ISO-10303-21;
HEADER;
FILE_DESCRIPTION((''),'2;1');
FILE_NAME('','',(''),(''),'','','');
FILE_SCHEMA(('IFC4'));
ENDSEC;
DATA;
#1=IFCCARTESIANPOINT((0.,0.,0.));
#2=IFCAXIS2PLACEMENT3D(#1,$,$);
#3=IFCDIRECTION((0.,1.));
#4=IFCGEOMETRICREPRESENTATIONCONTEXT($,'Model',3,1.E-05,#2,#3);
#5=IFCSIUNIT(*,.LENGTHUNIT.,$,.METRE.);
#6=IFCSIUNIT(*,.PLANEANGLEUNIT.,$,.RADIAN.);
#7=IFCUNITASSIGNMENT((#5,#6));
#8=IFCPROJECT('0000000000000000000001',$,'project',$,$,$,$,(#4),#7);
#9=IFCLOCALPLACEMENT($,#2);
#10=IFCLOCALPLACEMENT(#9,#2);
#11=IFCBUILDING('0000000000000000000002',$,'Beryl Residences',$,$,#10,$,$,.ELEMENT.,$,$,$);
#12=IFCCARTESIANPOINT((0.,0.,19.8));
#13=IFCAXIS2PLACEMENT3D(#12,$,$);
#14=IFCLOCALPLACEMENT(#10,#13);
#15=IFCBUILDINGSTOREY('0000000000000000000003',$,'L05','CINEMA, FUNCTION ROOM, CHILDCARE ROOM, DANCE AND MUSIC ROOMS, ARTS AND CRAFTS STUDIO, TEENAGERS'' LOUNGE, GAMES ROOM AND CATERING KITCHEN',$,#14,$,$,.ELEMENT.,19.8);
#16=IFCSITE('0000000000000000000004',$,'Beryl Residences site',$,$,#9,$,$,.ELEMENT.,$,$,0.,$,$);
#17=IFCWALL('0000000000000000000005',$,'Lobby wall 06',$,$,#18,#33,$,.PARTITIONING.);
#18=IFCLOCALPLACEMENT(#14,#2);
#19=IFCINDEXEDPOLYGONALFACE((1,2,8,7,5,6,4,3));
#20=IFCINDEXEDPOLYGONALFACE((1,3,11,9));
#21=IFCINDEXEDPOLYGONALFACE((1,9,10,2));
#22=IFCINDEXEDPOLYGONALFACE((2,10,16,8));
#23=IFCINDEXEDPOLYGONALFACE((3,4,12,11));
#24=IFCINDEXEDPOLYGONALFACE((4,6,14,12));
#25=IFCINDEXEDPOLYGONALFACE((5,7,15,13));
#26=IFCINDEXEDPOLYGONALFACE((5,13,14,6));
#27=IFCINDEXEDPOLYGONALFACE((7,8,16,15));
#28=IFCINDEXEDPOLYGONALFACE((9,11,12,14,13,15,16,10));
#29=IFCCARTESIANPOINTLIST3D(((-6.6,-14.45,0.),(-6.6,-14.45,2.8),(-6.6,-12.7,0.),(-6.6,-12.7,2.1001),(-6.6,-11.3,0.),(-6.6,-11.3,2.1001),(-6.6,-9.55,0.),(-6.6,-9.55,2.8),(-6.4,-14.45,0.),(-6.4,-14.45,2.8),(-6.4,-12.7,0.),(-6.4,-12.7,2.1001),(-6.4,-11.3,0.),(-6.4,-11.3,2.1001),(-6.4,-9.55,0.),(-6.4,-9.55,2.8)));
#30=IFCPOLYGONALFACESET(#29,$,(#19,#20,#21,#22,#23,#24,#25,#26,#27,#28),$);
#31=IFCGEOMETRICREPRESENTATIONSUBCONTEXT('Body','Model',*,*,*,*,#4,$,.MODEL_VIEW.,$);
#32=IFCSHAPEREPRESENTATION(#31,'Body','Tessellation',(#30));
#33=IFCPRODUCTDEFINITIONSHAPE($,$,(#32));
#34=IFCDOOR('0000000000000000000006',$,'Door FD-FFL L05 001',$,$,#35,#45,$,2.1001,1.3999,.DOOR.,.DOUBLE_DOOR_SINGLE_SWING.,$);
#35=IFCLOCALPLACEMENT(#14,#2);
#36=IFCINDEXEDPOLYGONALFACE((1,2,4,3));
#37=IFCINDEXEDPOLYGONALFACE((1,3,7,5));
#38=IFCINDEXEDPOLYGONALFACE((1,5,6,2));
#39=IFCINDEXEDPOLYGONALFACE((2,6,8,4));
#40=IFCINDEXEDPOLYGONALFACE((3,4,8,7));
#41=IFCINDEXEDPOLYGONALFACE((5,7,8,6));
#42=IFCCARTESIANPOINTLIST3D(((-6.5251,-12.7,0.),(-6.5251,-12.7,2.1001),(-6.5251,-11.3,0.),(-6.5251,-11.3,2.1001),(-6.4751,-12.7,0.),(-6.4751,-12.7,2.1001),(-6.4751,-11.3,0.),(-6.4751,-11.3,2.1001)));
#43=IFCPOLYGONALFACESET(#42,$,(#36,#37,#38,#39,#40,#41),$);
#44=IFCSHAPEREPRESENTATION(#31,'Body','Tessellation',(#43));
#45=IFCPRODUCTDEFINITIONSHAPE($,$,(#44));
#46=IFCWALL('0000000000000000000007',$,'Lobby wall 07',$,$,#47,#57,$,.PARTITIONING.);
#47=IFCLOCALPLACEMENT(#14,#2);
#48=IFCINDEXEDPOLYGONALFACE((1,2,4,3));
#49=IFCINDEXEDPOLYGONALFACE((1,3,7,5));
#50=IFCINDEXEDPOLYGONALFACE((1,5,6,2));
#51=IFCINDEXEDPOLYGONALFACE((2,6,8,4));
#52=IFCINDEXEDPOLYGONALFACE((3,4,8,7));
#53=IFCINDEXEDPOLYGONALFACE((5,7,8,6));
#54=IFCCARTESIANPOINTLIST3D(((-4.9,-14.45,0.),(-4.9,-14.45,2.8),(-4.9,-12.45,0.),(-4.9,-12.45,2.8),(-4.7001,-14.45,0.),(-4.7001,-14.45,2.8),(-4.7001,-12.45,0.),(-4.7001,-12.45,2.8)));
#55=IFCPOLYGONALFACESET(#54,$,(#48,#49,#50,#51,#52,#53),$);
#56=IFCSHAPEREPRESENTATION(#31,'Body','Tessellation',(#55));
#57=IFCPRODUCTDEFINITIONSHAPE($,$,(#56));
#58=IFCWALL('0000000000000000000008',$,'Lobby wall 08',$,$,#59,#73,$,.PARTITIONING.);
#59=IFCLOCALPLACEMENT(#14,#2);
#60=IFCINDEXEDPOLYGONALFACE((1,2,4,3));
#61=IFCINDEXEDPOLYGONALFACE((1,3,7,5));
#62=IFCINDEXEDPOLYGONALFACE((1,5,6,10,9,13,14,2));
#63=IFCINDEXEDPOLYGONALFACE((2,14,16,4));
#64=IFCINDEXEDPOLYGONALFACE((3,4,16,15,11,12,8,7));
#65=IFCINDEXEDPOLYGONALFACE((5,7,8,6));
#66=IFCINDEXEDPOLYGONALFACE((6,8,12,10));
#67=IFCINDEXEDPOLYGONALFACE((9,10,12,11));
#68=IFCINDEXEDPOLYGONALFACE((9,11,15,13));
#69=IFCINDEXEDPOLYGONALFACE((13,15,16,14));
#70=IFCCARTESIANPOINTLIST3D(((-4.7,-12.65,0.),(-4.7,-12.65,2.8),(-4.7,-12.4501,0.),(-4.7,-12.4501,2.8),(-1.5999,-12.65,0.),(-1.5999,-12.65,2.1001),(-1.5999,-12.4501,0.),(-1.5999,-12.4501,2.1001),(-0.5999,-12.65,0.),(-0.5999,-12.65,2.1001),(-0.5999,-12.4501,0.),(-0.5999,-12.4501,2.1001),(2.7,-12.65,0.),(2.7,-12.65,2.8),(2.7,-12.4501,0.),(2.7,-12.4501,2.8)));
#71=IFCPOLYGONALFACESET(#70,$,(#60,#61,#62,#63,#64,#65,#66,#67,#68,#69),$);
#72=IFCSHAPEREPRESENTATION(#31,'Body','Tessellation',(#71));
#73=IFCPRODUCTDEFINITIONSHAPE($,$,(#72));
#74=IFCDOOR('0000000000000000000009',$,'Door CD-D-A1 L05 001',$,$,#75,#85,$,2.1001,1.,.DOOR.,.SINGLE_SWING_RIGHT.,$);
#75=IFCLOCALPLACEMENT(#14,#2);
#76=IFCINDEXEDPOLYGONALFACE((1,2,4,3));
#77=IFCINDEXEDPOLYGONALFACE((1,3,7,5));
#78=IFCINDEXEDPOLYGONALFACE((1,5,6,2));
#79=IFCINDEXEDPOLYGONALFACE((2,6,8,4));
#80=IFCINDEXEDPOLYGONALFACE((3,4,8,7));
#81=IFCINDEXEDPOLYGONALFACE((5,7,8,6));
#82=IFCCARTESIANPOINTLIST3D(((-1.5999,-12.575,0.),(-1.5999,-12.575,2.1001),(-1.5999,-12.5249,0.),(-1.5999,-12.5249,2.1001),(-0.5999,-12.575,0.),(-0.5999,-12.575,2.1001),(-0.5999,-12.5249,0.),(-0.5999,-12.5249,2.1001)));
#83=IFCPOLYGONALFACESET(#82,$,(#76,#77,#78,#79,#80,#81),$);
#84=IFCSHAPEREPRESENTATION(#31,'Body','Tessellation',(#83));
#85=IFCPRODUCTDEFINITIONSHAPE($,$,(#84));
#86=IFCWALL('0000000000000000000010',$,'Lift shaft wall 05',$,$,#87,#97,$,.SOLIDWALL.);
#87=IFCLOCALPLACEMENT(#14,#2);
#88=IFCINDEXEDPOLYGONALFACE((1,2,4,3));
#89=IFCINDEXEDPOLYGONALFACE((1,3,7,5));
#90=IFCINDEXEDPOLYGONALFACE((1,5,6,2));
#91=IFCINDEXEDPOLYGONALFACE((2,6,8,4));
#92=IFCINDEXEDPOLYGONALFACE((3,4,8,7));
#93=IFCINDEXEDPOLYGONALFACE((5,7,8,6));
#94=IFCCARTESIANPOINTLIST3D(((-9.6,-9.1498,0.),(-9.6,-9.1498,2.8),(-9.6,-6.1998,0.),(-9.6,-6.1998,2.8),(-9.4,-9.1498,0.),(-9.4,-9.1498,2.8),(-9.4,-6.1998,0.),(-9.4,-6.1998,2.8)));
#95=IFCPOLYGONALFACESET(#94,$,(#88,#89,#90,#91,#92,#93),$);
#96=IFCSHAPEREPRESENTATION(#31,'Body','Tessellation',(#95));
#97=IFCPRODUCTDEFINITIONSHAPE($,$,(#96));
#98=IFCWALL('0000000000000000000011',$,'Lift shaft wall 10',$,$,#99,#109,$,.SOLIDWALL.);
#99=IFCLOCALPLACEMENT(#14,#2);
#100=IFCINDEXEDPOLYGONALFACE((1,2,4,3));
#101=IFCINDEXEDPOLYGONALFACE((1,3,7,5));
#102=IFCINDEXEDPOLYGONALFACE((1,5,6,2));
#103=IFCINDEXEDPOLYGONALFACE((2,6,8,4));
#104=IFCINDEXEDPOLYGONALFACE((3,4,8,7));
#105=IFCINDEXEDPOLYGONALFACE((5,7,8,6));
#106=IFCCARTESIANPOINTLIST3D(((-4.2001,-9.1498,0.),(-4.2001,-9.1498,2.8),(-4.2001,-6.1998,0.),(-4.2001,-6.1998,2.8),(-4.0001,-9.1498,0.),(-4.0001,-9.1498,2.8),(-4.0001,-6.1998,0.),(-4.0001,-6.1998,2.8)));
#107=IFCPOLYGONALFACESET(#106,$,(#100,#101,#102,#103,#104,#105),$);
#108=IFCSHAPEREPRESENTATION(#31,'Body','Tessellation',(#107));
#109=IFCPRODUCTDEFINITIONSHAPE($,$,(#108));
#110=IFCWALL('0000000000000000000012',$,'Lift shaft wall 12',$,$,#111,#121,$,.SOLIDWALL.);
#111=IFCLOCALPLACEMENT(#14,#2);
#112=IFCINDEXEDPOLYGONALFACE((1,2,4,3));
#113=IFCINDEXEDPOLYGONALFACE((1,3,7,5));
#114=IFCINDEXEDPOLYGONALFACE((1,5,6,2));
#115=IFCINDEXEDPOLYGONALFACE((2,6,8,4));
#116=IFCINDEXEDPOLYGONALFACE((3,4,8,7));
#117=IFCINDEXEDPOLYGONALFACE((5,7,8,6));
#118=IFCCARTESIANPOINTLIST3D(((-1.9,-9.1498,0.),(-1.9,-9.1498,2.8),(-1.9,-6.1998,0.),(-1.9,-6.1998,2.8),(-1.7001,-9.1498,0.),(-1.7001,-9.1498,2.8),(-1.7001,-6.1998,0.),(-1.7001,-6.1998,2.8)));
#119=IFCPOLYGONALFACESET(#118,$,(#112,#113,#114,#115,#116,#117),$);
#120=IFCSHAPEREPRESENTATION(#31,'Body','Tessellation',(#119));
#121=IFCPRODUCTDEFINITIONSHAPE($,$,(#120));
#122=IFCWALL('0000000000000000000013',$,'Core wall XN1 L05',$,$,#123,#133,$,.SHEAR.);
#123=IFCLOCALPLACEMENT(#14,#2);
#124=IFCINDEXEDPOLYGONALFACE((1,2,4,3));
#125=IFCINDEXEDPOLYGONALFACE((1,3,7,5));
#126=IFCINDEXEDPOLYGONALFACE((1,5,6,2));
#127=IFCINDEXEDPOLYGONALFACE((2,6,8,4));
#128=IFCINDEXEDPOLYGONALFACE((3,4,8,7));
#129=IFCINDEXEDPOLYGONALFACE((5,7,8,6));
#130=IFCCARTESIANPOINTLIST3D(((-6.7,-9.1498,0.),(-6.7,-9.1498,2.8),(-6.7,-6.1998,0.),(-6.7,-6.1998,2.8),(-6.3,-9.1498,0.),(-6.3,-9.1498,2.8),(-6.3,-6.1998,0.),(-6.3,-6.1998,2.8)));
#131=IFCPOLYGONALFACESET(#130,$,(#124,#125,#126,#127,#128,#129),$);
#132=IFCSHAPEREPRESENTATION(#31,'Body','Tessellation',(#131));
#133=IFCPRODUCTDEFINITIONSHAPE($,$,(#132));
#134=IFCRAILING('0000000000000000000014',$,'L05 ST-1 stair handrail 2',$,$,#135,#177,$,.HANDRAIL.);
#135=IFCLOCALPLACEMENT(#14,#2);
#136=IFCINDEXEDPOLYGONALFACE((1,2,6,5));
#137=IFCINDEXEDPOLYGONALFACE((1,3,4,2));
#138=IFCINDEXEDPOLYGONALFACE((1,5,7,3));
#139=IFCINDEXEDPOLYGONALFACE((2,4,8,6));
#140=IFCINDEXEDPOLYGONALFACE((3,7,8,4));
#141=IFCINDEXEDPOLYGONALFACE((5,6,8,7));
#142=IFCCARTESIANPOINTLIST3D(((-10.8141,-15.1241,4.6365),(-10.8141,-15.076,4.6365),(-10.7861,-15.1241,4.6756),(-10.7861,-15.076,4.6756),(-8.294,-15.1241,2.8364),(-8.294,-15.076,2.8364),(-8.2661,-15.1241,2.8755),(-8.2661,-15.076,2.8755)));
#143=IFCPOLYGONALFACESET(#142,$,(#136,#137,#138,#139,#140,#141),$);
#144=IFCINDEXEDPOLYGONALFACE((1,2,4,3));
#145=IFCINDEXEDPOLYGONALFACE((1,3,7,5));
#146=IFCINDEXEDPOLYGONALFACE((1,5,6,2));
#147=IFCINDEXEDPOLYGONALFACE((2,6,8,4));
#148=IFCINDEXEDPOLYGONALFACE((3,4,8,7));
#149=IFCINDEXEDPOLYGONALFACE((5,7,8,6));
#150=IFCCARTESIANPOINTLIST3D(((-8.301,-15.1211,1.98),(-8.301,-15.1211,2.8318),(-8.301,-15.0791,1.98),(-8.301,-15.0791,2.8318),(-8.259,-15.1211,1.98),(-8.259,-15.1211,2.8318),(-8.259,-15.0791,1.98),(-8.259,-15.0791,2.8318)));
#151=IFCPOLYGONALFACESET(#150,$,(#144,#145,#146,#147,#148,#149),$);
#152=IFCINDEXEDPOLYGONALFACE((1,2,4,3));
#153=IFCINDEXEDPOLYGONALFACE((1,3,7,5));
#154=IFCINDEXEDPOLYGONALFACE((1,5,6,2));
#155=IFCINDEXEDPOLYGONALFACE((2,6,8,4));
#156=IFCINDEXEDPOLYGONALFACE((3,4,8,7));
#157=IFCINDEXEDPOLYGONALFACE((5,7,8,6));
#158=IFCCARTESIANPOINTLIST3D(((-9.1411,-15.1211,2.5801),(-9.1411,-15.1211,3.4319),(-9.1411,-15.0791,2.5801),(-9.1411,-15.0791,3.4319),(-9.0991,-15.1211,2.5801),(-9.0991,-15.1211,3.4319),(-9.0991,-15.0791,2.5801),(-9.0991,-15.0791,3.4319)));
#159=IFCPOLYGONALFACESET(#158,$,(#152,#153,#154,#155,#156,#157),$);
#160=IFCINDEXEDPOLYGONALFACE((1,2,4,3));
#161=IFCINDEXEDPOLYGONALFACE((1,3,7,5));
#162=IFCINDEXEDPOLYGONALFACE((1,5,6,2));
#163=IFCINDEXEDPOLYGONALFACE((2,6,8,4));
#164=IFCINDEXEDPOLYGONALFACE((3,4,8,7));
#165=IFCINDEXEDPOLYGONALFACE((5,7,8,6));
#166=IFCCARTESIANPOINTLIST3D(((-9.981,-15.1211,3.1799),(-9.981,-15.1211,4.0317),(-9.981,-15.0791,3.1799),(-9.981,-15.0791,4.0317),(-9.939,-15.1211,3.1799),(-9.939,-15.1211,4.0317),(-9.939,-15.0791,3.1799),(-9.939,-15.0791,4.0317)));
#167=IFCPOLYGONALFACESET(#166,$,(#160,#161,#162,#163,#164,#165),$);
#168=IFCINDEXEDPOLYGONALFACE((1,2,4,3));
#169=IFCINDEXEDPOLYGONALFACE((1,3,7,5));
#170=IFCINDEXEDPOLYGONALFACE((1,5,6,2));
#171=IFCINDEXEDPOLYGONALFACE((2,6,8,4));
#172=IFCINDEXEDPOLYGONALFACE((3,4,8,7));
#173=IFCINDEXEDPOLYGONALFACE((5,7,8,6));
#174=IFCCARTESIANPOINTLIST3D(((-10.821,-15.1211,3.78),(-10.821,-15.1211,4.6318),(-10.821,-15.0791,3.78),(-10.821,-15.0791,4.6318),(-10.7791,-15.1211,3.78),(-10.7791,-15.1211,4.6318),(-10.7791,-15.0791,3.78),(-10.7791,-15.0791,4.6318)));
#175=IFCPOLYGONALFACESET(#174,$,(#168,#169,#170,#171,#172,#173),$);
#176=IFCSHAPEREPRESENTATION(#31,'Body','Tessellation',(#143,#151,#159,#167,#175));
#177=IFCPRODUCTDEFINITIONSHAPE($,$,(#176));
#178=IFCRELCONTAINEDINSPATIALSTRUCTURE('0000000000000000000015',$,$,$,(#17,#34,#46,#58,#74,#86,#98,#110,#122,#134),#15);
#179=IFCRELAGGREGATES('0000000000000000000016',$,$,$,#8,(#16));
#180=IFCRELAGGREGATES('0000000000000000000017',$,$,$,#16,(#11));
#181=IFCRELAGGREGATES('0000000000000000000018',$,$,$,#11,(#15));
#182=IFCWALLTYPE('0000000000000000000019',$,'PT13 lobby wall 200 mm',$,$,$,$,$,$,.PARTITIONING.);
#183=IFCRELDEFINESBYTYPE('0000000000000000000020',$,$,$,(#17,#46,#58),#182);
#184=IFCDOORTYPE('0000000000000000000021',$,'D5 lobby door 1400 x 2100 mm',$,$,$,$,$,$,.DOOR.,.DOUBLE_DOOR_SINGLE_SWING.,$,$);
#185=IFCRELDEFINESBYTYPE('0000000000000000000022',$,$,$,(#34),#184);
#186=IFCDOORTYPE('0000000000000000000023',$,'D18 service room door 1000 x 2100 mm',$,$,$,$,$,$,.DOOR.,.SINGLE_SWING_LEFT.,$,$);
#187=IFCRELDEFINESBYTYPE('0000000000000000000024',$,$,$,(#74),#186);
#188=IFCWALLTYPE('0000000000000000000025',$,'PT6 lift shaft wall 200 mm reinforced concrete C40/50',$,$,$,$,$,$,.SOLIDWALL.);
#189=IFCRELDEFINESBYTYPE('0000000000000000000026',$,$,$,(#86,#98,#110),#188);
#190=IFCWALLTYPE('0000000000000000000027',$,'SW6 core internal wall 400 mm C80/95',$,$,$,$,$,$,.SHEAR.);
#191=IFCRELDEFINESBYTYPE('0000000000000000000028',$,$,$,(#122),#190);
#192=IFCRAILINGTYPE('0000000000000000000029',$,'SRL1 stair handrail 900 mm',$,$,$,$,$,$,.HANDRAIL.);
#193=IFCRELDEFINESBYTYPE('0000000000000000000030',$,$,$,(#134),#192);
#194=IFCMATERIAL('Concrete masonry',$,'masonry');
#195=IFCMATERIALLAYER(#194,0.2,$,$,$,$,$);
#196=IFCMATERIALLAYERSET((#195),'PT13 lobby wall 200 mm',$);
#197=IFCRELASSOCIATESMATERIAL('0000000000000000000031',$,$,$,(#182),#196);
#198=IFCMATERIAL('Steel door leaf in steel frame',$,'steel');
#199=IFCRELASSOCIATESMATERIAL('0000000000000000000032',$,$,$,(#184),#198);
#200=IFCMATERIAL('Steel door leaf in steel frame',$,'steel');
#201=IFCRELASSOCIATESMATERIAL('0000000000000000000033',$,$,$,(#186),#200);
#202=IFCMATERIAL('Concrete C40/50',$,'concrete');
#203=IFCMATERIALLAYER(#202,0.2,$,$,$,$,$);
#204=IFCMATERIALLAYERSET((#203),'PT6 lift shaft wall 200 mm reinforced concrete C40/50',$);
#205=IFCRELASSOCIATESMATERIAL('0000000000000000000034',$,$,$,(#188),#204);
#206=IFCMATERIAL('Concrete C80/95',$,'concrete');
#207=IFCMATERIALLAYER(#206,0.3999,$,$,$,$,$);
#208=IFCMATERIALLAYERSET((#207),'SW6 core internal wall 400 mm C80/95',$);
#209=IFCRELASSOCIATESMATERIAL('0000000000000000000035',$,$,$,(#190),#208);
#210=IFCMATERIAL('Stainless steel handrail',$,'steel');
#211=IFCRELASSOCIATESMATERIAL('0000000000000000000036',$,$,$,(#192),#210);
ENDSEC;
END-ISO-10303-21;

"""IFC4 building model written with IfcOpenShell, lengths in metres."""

from ifc_helpers import new_model, si_unit, direction, frame, frame_2d, origin, origin_2d, place, context, subcontext, project, spatial, rectangle, extrude, material, layer, layer_set, type_object, element, fill, save


model = new_model("IFC4")

# Units and contexts
model_context = context("Model", 3, precision=1e-05, world=origin(), true_north=direction((0.0, 1.0)))
body_context = subcontext(model_context, "Body", "Model", "MODEL_VIEW")
ifc_project = project(units=[si_unit("LENGTHUNIT", "METRE"), si_unit("PLANEANGLEUNIT", "RADIAN")], contexts=[model_context])

# Site, building, storey
site_placement = place(None, origin())
site = spatial("IfcSite", under=ifc_project, at=site_placement, Name="Beryl Residences site", CompositionType="ELEMENT", RefElevation=0.0)
building_placement = place(site_placement, origin())
building = spatial("IfcBuilding", under=site, at=building_placement, Name="Beryl Residences", CompositionType="ELEMENT")
storey_placement = place(building_placement, frame((0.0, 0.0, 19.8)))
storey = spatial("IfcBuildingStorey", under=building, at=storey_placement, Name="L05", Description="CINEMA, FUNCTION ROOM, CHILDCARE ROOM, DANCE AND MUSIC ROOMS, ARTS AND CRAFTS STUDIO, TEENAGERS' LOUNGE, GAMES ROOM AND CATERING KITCHEN", CompositionType="ELEMENT", Elevation=19.8)

# Wall, opening, door
ifc_material_1 = material(Name="Concrete masonry", Category="masonry")
ifc_layer_1 = layer(ifc_material_1, 0.2)
ifc_layer_set_1 = layer_set([ifc_layer_1], Name="PT13 lobby wall 200 mm")
wall_type_1 = type_object("IfcWallType", Name="PT13 lobby wall 200 mm", PredefinedType="PARTITIONING", material=ifc_layer_set_1)
wall_1_placement = place(storey_placement, frame((-6.5, -14.45, 0.0), z_axis=(0.0, 0.0, 1.0), x_axis=(0.0, 1.0, 0.0)))
wall_1 = element("IfcWall", 1, at=wall_1_placement, inside=storey, type_object=wall_type_1, Name="Lobby wall 06", PredefinedType="PARTITIONING", context=body_context, shape_type="SweptSolid", body=[
    extrude(rectangle(XDim=4.8999, YDim=0.2, at=frame_2d((2.45, 0.0))), origin(), (0.0, 0.0, 1.0), 2.8),
])
opening_1_placement = place(wall_1_placement, frame((3.1499, 0.0, 0.0), z_axis=(0.0, 0.0, 1.0), x_axis=(-1.0, 0.0, 0.0)))
opening_1 = element("IfcOpeningElement", 2, at=opening_1_placement, cuts=wall_1, PredefinedType="OPENING", context=body_context, shape_type="SweptSolid", body=[
    extrude(rectangle(XDim=1.3999, YDim=2.1001, at=frame_2d((0.7, 1.05))), frame((0.0, 0.1099, 0.0), z_axis=(0.0, -1.0, 0.0), x_axis=(1.0, 0.0, 0.0)), (0.0, 0.0, 1.0), 0.22),
])
ifc_material_2 = material(Name="Steel door leaf in steel frame", Category="steel")
door_type_1 = type_object("IfcDoorType", Name="D5 lobby door 1400 x 2100 mm", OperationType="DOUBLE_DOOR_SINGLE_SWING", PredefinedType="DOOR", material=ifc_material_2)
door_1_placement = place(opening_1_placement, origin())
door_1 = element("IfcDoor", 3, at=door_1_placement, inside=storey, type_object=door_type_1, Name="Door FD-FFL L05 001", OperationType="DOUBLE_DOOR_SINGLE_SWING", OverallHeight=2.1001, OverallWidth=1.3999, PredefinedType="DOOR", context=body_context, shape_type="SweptSolid", body=[
    extrude(rectangle(XDim=1.3999, YDim=2.1001, at=frame_2d((0.7, 1.05))), frame((0.0, 0.0249, 0.0), z_axis=(0.0, -1.0, 0.0), x_axis=(1.0, 0.0, 0.0)), (0.0, 0.0, 1.0), 0.05),
])
fill(opening_1, door_1)

# Wall
wall_2_placement = place(storey_placement, frame((-4.8, -14.45, 0.0), z_axis=(0.0, 0.0, 1.0), x_axis=(0.0, 1.0, 0.0)))
element("IfcWall", 4, at=wall_2_placement, inside=storey, type_object=wall_type_1, Name="Lobby wall 07", PredefinedType="PARTITIONING", context=body_context, shape_type="SweptSolid", body=[
    extrude(rectangle(XDim=2.0, YDim=0.2, at=frame_2d((1.0, 0.0))), origin(), (0.0, 0.0, 1.0), 2.8),
])

# Wall, opening, door
wall_3_placement = place(storey_placement, frame((-4.7, -12.55, 0.0), z_axis=(0.0, 0.0, 1.0), x_axis=(1.0, 0.0, 0.0)))
wall_3 = element("IfcWall", 5, at=wall_3_placement, inside=storey, type_object=wall_type_1, Name="Lobby wall 08", PredefinedType="PARTITIONING", context=body_context, shape_type="SweptSolid", body=[
    extrude(rectangle(XDim=7.3999, YDim=0.2, at=frame_2d((3.7, 0.0))), origin(), (0.0, 0.0, 1.0), 2.8),
])
opening_2_placement = place(wall_3_placement, frame((4.1001, 0.0, 0.0), z_axis=(0.0, 0.0, 1.0), x_axis=(-1.0, 0.0, 0.0)))
opening_2 = element("IfcOpeningElement", 6, at=opening_2_placement, cuts=wall_3, PredefinedType="OPENING", context=body_context, shape_type="SweptSolid", body=[
    extrude(rectangle(XDim=1.0, YDim=2.1001, at=frame_2d((0.5, 1.05))), frame((0.0, 0.1099, 0.0), z_axis=(0.0, -1.0, 0.0), x_axis=(1.0, 0.0, 0.0)), (0.0, 0.0, 1.0), 0.22),
])
ifc_material_3 = material(Name="Steel door leaf in steel frame", Category="steel")
door_type_2 = type_object("IfcDoorType", Name="D18 service room door 1000 x 2100 mm", OperationType="SINGLE_SWING_LEFT", PredefinedType="DOOR", material=ifc_material_3)
door_2_placement = place(opening_2_placement, origin())
door_2 = element("IfcDoor", 7, at=door_2_placement, inside=storey, type_object=door_type_2, Name="Door CD-D-A1 L05 001", OperationType="SINGLE_SWING_RIGHT", OverallHeight=2.1001, OverallWidth=1.0, PredefinedType="DOOR", context=body_context, shape_type="SweptSolid", body=[
    extrude(rectangle(XDim=1.0, YDim=2.1001, at=frame_2d((0.5, 1.05))), frame((0.0, 0.0249, 0.0), z_axis=(0.0, -1.0, 0.0), x_axis=(1.0, 0.0, 0.0)), (0.0, 0.0, 1.0), 0.05),
])
fill(opening_2, door_2)

# Walls
ifc_material_4 = material(Name="Concrete C40/50", Category="concrete")
ifc_layer_2 = layer(ifc_material_4, 0.2)
ifc_layer_set_2 = layer_set([ifc_layer_2], Name="PT6 lift shaft wall 200 mm reinforced concrete C40/50")
wall_type_2 = type_object("IfcWallType", Name="PT6 lift shaft wall 200 mm reinforced concrete C40/50", PredefinedType="SOLIDWALL", material=ifc_layer_set_2)
for number, where, z_axis, x_axis, name in (
    (8, (-9.5, -9.1499, 0.0), (0.0, 0.0, 1.0), (0.0, 1.0, 0.0), "Lift shaft wall 05"),
    (9, (-4.1001, -9.1499, 0.0), (0.0, 0.0, 1.0), (0.0, 1.0, 0.0), "Lift shaft wall 10"),
    (10, (-1.8, -9.1499, 0.0), (0.0, 0.0, 1.0), (0.0, 1.0, 0.0), "Lift shaft wall 12"),
):
    element("IfcWall", number, at=place(storey_placement, frame(where, z_axis=z_axis, x_axis=x_axis)), inside=storey, type_object=wall_type_2, Name=name, PredefinedType="SOLIDWALL", context=body_context, shape_type="SweptSolid", body=[
        extrude(rectangle(XDim=2.95, YDim=0.2, at=frame_2d((1.4751, 0.0))), origin(), (0.0, 0.0, 1.0), 2.8),
    ])
ifc_material_5 = material(Name="Concrete C80/95", Category="concrete")
ifc_layer_3 = layer(ifc_material_5, 0.3999)
ifc_layer_set_3 = layer_set([ifc_layer_3], Name="SW6 core internal wall 400 mm C80/95")
wall_type_3 = type_object("IfcWallType", Name="SW6 core internal wall 400 mm C80/95", PredefinedType="SHEAR", material=ifc_layer_set_3)
wall_4_placement = place(storey_placement, frame((-6.5, -9.1499, 0.0), z_axis=(0.0, 0.0, 1.0), x_axis=(0.0, 1.0, 0.0)))
element("IfcWall", 11, at=wall_4_placement, inside=storey, type_object=wall_type_3, Name="Core wall XN1 L05", PredefinedType="SHEAR", context=body_context, shape_type="SweptSolid", body=[
    extrude(rectangle(XDim=2.95, YDim=0.3999, at=frame_2d((1.4751, 0.0))), origin(), (0.0, 0.0, 1.0), 2.8),
])

# Railing
ifc_material_6 = material(Name="Stainless steel handrail", Category="steel")
railing_type = type_object("IfcRailingType", Name="SRL1 stair handrail 900 mm", PredefinedType="HANDRAIL", material=ifc_material_6)
railing_placement = place(storey_placement, frame((-8.28, -15.1001, 1.98)))
element("IfcRailing", 12, at=railing_placement, inside=storey, type_object=railing_type, Name="L05 ST-1 stair handrail 2", PredefinedType="HANDRAIL", context=body_context, shape_type="SweptSolid", body=[
    extrude(rectangle(XDim=0.0481, YDim=0.0481, at=origin_2d()), frame((0.0, 0.0, 0.876), z_axis=(-0.813728, 0.0, 0.581246), x_axis=(0.0, -1.0, 0.0)), (0.0, 0.0, 1.0), 3.0969),
    extrude(rectangle(XDim=0.042, YDim=0.042, at=origin_2d()), origin(), (0.0, 0.0, 1.0), 0.8518),
    extrude(rectangle(XDim=0.042, YDim=0.042, at=origin_2d()), frame((-0.8401, 0.0, 0.6001)), (0.0, 0.0, 1.0), 0.8518),
    extrude(rectangle(XDim=0.042, YDim=0.042, at=origin_2d()), frame((-1.6799, 0.0, 1.2)), (0.0, 0.0, 1.0), 0.8518),
    extrude(rectangle(XDim=0.042, YDim=0.042, at=origin_2d()), frame((-2.52, 0.0, 1.8)), (0.0, 0.0, 1.0), 0.8518),
])

save(model, "model.ifc")
